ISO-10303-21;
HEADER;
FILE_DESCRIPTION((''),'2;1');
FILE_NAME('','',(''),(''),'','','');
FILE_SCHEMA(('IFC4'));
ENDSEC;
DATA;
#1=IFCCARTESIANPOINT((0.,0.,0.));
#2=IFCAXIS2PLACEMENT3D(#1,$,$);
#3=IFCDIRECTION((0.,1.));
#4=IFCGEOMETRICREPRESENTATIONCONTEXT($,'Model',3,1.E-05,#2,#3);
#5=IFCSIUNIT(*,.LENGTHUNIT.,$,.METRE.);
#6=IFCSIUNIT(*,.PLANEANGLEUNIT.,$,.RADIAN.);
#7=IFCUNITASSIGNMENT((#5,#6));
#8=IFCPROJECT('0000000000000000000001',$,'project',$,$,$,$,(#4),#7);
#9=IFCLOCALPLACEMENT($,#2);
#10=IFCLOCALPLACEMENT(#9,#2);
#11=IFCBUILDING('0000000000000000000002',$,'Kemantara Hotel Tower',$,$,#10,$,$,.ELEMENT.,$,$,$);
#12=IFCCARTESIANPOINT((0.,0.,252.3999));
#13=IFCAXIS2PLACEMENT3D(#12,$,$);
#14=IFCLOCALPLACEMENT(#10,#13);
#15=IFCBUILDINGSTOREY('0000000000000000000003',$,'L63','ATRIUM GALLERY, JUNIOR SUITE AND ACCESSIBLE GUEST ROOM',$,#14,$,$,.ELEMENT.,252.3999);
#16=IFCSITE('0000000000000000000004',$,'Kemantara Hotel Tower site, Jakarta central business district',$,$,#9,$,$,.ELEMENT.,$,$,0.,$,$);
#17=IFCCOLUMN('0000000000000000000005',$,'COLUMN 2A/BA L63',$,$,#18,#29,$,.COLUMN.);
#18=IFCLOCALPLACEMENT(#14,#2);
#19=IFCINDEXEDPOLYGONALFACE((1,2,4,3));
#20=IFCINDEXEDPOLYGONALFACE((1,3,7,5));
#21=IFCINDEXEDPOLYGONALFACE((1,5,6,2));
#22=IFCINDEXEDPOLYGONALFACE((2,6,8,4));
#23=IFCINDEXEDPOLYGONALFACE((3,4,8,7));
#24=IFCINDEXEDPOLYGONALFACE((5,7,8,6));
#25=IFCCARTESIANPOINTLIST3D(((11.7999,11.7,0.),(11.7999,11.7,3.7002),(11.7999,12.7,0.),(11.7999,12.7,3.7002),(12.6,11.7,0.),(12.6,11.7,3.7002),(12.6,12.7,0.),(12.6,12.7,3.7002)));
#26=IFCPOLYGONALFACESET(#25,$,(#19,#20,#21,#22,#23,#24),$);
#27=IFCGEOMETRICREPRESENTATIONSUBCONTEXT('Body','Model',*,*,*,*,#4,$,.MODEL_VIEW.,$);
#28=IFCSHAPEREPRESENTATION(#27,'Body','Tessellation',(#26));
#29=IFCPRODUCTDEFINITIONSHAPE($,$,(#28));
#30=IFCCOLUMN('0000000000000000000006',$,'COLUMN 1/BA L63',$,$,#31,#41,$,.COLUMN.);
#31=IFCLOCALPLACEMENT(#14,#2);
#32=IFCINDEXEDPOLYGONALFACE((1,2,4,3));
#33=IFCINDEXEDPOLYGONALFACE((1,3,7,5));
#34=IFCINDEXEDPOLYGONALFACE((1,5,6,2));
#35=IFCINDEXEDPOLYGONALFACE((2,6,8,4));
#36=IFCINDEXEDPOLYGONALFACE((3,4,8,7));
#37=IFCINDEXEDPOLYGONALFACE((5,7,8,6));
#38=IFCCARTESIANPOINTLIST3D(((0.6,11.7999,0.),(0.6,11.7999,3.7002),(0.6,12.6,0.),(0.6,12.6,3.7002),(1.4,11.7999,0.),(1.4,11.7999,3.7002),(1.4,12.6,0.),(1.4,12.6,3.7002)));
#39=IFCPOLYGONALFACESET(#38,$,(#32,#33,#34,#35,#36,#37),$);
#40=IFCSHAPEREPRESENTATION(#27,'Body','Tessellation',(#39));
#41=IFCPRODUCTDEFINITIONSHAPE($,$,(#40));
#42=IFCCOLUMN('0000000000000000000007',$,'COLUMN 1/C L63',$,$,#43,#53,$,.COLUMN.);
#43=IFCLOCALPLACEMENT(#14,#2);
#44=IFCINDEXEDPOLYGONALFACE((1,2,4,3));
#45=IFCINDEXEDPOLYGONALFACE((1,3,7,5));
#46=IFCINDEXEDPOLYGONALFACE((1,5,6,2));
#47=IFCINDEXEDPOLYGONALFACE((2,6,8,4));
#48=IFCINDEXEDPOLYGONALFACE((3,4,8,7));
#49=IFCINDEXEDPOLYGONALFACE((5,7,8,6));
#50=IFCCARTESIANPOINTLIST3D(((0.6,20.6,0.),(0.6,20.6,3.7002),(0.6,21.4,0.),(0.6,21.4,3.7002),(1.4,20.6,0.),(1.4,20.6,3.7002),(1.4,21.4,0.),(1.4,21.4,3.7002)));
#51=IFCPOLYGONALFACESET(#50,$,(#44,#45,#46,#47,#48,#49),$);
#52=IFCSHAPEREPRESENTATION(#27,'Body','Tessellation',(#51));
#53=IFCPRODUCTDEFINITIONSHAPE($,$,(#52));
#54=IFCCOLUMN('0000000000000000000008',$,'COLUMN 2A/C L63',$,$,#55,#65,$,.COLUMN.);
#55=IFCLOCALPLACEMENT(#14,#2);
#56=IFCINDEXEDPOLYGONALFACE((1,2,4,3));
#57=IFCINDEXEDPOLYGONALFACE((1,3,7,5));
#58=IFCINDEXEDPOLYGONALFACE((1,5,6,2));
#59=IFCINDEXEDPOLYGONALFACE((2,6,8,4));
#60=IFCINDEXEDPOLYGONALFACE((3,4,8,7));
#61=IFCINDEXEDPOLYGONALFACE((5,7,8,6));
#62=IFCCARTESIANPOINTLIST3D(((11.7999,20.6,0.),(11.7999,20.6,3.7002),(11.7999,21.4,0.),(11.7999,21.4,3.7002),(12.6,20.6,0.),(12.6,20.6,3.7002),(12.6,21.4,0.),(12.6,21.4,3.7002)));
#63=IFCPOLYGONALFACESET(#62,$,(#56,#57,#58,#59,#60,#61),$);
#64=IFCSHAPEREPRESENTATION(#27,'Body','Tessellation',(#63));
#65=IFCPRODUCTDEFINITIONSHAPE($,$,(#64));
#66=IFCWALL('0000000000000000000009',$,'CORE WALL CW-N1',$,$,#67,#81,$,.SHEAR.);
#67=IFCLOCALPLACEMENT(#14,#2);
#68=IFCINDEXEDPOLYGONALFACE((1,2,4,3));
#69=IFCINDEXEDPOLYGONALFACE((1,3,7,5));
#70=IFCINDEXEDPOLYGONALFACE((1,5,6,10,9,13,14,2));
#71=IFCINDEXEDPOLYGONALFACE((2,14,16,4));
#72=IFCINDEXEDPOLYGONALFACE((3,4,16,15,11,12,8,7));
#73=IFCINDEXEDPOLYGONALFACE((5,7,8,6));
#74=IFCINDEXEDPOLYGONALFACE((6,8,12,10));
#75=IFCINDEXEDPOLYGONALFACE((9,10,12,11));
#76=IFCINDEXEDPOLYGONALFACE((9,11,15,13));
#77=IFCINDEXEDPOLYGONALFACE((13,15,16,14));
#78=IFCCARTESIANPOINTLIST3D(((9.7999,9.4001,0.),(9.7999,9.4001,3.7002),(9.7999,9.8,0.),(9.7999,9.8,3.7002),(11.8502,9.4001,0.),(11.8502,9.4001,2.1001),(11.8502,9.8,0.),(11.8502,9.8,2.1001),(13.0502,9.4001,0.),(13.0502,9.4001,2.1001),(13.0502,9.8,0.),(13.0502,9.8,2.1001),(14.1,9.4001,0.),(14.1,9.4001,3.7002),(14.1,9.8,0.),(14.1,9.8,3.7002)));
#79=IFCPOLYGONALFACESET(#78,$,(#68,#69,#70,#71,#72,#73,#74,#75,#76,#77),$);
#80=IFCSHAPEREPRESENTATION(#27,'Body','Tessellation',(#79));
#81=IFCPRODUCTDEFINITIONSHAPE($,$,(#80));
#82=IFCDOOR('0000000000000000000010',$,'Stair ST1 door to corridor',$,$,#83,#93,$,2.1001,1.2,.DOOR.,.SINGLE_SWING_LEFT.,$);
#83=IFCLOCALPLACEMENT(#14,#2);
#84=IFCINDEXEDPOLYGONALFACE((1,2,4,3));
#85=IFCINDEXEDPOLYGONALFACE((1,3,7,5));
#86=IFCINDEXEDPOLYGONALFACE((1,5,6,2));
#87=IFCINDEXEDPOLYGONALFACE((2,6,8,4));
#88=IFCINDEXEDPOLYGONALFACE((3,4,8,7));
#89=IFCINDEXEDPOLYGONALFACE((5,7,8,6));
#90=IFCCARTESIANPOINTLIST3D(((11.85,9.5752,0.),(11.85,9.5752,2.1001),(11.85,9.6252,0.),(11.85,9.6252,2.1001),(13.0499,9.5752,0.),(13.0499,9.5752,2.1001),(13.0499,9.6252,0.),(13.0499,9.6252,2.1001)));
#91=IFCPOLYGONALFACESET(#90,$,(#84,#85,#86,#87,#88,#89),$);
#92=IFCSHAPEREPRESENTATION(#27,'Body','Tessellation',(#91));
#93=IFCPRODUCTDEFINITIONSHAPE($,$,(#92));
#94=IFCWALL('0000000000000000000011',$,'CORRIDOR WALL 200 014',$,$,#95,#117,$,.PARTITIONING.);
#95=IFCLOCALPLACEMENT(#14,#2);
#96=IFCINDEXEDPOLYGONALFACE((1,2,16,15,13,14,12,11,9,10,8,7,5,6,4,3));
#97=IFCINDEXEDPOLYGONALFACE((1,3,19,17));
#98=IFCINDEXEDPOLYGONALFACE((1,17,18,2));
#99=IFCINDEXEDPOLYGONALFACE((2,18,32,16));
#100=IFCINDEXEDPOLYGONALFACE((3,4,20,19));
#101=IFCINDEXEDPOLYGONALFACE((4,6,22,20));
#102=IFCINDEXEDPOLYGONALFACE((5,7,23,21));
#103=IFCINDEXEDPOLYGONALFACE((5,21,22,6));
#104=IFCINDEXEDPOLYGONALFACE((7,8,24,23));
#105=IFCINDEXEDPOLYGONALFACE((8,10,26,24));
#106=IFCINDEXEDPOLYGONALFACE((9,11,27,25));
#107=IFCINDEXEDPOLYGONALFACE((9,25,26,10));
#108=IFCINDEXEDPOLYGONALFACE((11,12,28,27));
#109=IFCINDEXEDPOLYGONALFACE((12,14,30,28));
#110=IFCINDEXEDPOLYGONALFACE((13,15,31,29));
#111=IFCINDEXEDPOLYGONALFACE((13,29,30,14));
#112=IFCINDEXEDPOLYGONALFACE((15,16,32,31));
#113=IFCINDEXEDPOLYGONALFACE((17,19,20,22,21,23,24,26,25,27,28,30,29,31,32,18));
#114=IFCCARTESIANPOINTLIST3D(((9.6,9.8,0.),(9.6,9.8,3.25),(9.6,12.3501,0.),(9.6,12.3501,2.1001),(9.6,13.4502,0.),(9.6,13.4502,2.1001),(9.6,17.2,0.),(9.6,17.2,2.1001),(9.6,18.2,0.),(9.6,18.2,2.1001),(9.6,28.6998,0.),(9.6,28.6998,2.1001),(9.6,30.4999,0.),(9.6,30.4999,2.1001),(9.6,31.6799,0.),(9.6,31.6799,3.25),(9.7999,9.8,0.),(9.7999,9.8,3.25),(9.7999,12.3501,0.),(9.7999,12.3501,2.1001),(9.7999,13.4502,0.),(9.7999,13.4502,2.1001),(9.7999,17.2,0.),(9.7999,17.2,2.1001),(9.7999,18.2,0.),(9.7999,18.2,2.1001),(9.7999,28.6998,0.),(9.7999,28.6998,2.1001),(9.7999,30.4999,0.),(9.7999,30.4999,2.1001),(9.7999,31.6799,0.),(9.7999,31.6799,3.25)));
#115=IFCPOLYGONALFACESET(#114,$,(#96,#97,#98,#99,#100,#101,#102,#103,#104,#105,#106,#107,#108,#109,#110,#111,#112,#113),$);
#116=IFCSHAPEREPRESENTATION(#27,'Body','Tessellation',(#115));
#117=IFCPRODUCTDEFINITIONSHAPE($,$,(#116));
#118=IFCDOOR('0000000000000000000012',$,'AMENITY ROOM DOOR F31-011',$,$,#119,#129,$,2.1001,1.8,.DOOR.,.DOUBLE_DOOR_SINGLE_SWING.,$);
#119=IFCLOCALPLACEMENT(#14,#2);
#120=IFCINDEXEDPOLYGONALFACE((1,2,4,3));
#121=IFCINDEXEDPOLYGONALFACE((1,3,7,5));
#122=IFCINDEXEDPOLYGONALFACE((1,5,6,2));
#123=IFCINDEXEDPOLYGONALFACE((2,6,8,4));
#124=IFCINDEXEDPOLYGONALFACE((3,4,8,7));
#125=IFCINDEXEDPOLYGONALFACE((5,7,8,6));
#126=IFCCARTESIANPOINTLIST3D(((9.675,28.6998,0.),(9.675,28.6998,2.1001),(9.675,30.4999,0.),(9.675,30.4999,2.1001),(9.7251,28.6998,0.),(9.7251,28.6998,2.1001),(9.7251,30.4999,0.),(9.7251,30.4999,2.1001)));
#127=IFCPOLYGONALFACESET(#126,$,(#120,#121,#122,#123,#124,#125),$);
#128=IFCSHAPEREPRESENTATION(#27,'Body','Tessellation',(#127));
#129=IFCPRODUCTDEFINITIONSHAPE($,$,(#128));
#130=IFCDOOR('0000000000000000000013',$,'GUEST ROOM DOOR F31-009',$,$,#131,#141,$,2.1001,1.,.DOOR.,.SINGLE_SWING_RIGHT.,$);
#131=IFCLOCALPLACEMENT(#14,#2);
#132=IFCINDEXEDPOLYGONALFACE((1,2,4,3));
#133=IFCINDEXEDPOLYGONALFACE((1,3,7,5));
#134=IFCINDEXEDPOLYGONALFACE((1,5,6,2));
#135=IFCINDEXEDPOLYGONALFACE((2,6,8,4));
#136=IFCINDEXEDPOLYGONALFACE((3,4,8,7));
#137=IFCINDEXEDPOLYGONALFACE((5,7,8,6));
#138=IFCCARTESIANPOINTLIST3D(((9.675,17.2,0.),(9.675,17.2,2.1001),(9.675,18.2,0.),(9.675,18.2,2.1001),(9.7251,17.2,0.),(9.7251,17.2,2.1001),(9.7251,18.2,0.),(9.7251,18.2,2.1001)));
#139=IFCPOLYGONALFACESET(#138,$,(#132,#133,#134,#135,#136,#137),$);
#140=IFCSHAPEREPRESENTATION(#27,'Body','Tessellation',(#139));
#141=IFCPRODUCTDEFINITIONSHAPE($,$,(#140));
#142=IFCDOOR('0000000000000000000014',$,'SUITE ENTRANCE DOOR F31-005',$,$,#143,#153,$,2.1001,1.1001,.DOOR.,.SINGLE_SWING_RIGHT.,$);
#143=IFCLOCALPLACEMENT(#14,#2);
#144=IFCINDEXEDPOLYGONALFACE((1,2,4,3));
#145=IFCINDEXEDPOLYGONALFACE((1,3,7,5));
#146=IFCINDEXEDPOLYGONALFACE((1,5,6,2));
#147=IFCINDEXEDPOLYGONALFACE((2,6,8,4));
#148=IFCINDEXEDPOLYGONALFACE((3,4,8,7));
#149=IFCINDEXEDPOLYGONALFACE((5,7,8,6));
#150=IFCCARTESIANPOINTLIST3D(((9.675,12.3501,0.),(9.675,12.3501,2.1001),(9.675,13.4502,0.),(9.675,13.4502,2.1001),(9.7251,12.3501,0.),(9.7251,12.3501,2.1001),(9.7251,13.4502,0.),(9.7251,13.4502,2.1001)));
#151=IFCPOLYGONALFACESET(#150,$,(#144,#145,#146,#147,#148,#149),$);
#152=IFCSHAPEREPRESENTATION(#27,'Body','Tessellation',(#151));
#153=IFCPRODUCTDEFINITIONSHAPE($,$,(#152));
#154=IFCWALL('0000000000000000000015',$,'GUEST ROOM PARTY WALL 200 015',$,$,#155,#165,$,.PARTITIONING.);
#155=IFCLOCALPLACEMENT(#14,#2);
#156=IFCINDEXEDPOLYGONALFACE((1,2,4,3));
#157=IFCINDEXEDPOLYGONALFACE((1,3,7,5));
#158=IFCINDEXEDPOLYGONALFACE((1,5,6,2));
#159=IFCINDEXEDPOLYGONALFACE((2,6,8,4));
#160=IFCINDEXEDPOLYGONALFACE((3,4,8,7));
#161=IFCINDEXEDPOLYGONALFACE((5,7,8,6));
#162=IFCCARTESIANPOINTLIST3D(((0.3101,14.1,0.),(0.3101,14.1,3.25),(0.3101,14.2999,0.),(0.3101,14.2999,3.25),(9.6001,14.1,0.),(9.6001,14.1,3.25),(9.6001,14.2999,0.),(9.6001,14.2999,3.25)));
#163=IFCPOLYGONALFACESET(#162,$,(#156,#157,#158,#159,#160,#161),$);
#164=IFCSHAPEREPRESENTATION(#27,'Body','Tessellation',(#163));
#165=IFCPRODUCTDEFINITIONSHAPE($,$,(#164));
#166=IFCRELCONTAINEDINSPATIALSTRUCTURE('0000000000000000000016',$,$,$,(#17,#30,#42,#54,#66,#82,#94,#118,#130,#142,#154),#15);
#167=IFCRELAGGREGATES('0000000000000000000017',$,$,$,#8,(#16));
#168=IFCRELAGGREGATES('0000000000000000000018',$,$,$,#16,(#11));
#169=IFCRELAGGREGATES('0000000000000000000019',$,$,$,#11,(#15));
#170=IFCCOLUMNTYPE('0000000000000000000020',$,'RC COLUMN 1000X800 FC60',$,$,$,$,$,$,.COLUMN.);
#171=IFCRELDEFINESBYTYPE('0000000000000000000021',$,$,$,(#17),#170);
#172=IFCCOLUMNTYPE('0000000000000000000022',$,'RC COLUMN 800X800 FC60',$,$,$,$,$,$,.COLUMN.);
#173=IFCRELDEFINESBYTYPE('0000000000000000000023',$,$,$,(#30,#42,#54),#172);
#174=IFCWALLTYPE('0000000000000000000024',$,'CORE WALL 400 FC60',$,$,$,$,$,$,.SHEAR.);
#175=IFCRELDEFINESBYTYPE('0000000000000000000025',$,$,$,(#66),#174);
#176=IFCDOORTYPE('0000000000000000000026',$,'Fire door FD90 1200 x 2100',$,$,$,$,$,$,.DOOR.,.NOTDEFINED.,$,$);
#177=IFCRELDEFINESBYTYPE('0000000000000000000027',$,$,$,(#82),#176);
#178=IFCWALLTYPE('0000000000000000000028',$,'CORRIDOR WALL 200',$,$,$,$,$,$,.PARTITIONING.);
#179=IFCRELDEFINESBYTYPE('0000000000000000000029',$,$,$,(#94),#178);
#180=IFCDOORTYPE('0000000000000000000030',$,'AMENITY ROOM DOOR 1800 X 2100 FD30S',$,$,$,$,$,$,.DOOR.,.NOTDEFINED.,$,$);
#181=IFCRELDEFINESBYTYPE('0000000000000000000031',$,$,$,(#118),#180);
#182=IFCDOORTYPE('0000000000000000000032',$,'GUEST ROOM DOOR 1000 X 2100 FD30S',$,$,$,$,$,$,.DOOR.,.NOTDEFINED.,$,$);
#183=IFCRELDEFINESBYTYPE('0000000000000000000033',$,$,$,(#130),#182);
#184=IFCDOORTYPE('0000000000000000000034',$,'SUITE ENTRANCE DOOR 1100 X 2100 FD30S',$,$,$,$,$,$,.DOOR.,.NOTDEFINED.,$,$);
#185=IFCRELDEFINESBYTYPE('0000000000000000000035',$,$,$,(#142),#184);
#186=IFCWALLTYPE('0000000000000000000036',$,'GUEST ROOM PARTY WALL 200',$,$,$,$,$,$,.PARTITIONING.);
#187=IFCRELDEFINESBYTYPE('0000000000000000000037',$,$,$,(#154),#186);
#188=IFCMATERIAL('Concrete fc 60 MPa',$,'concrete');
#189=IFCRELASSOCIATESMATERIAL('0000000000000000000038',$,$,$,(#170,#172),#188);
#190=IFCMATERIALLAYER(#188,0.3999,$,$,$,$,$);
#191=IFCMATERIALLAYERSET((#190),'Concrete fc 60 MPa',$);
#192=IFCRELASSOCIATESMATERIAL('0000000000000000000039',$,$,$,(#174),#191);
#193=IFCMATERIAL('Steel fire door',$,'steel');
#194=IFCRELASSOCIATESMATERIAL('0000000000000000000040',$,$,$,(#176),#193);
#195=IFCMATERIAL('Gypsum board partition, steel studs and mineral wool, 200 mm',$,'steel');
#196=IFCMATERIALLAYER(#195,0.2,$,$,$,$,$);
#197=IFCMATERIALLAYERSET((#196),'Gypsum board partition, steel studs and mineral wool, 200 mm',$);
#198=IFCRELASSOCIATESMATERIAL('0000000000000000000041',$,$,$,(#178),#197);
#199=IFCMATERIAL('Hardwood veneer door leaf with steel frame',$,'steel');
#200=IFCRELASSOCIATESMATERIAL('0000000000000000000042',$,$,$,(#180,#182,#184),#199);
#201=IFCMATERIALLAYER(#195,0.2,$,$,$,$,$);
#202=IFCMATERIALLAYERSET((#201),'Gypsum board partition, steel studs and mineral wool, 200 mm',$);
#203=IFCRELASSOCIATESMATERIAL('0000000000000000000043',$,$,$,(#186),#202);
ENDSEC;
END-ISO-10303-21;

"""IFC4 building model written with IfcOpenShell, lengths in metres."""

from ifc_helpers import new_model, si_unit, direction, frame, frame_2d, origin, origin_2d, place, context, subcontext, project, spatial, rectangle, extrude, material, layer, layer_set, material_profile, profile_set, type_object, element, fill, save


model = new_model("IFC4")

# Units and contexts
model_context = context("Model", 3, precision=1e-05, world=origin(), true_north=direction((0.0, 1.0)))
body_context = subcontext(model_context, "Body", "Model", "MODEL_VIEW")
ifc_project = project(units=[si_unit("LENGTHUNIT", "METRE"), si_unit("PLANEANGLEUNIT", "RADIAN")], contexts=[model_context])

# Site, building, storey
site_placement = place(None, origin())
site = spatial("IfcSite", under=ifc_project, at=site_placement, Name="Kemantara Hotel Tower site, Jakarta central business district", CompositionType="ELEMENT", RefElevation=0.0)
building_placement = place(site_placement, origin())
building = spatial("IfcBuilding", under=site, at=building_placement, Name="Kemantara Hotel Tower", CompositionType="ELEMENT")
storey_placement = place(building_placement, frame((0.0, 0.0, 252.3999)))
storey = spatial("IfcBuildingStorey", under=building, at=storey_placement, Name="L63", Description="ATRIUM GALLERY, JUNIOR SUITE AND ACCESSIBLE GUEST ROOM", CompositionType="ELEMENT", Elevation=252.3999)

# Columns
ifc_material_1 = material(Name="Concrete fc 60 MPa", Category="concrete")
ifc_material_profile_1 = material_profile(ifc_material_1, rectangle(XDim=1.0, YDim=0.8, at=origin_2d()), Name="RC 1000X800")
ifc_profile_set_1 = profile_set([ifc_material_profile_1], Name="Concrete fc 60 MPa")
column_type_1 = type_object("IfcColumnType", Name="RC COLUMN 1000X800 FC60", PredefinedType="COLUMN", material=ifc_profile_set_1)
column_placement = place(storey_placement, frame((12.2, 12.2, 0.0), z_axis=(0.0, 0.0, 1.0), x_axis=(0.0, 1.0, 0.0)))
element("IfcColumn", 1, at=column_placement, inside=storey, type_object=column_type_1, Name="COLUMN 2A/BA L63", PredefinedType="COLUMN", context=body_context, shape_type="SweptSolid", body=[
    extrude(rectangle(XDim=1.0, YDim=0.8, at=origin_2d()), origin(), (0.0, 0.0, 1.0), 3.7002),
])
ifc_material_profile_2 = material_profile(ifc_material_1, rectangle(XDim=0.8, YDim=0.8, at=origin_2d()), Name="RC 800X800")
ifc_profile_set_2 = profile_set([ifc_material_profile_2], Name="Concrete fc 60 MPa")
column_type_2 = type_object("IfcColumnType", Name="RC COLUMN 800X800 FC60", PredefinedType="COLUMN", material=ifc_profile_set_2)
for number, where, z_axis, x_axis, name in (
    (2, (1.0, 12.2, 0.0), (0.0, 0.0, 1.0), (1.0, 0.0, 0.0), "COLUMN 1/BA L63"),
    (3, (1.0, 21.0, 0.0), (0.0, 0.0, 1.0), (1.0, 0.0, 0.0), "COLUMN 1/C L63"),
    (4, (12.2, 21.0, 0.0), (0.0, 0.0, 1.0), (1.0, 0.0, 0.0), "COLUMN 2A/C L63"),
):
    element("IfcColumn", number, at=place(storey_placement, frame(where, z_axis=z_axis, x_axis=x_axis)), inside=storey, type_object=column_type_2, Name=name, PredefinedType="COLUMN", context=body_context, shape_type="SweptSolid", body=[
        extrude(rectangle(XDim=0.8, YDim=0.8, at=origin_2d()), origin(), (0.0, 0.0, 1.0), 3.7002),
    ])

# Wall, opening, door
ifc_layer_1 = layer(ifc_material_1, 0.3999)
ifc_layer_set_1 = layer_set([ifc_layer_1], Name="Concrete fc 60 MPa")
wall_type_1 = type_object("IfcWallType", Name="CORE WALL 400 FC60", PredefinedType="SHEAR", material=ifc_layer_set_1)
wall_1_placement = place(storey_placement, frame((9.8, 9.6001, 0.0), z_axis=(0.0, 0.0, 1.0), x_axis=(1.0, 0.0, 0.0)))
wall_1 = element("IfcWall", 5, at=wall_1_placement, inside=storey, type_object=wall_type_1, Name="CORE WALL CW-N1", PredefinedType="SHEAR", context=body_context, shape_type="SweptSolid", body=[
    extrude(rectangle(XDim=4.3, YDim=0.3999, at=frame_2d((2.1499, 0.0))), origin(), (0.0, 0.0, 1.0), 3.7002),
])
opening_1_placement = place(wall_1_placement, frame((2.05, 0.0, 0.0)))
opening_1 = element("IfcOpeningElement", 6, at=opening_1_placement, cuts=wall_1, PredefinedType="OPENING", context=body_context, shape_type="SweptSolid", body=[
    extrude(rectangle(XDim=1.2, YDim=2.1001, at=frame_2d((0.6001, 1.05))), frame((0.0, 0.21, 0.0), z_axis=(0.0, -1.0, 0.0), x_axis=(1.0, 0.0, 0.0)), (0.0, 0.0, 1.0), 0.4199),
])
ifc_material_2 = material(Name="Steel fire door", Category="steel")
door_type_1 = type_object("IfcDoorType", Name="Fire door FD90 1200 x 2100", OperationType="NOTDEFINED", PredefinedType="DOOR", material=ifc_material_2)
door_1_placement = place(opening_1_placement, frame((1.2, 0.0, 0.0), z_axis=(0.0, 0.0, 1.0), x_axis=(-1.0, 0.0, 0.0)))
door_1 = element("IfcDoor", 7, at=door_1_placement, inside=storey, type_object=door_type_1, Name="Stair ST1 door to corridor", OperationType="SINGLE_SWING_LEFT", OverallHeight=2.1001, OverallWidth=1.2, PredefinedType="DOOR", context=body_context, shape_type="SweptSolid", body=[
    extrude(rectangle(XDim=1.2, YDim=2.1001, at=frame_2d((0.6001, 1.05))), frame((0.0, 0.0249, 0.0), z_axis=(0.0, -1.0, 0.0), x_axis=(1.0, 0.0, 0.0)), (0.0, 0.0, 1.0), 0.05),
])
fill(opening_1, door_1)

# Wall, openings, doors
ifc_material_3 = material(Name="Gypsum board partition, steel studs and mineral wool, 200 mm", Category="steel")
ifc_layer_2 = layer(ifc_material_3, 0.2)
ifc_layer_set_2 = layer_set([ifc_layer_2], Name="Gypsum board partition, steel studs and mineral wool, 200 mm")
wall_type_2 = type_object("IfcWallType", Name="CORRIDOR WALL 200", PredefinedType="PARTITIONING", material=ifc_layer_set_2)
wall_2_placement = place(storey_placement, frame((9.7, 9.8, 0.0), z_axis=(0.0, 0.0, 1.0), x_axis=(0.0, 1.0, 0.0)))
wall_2 = element("IfcWall", 8, at=wall_2_placement, inside=storey, type_object=wall_type_2, Name="CORRIDOR WALL 200 014", PredefinedType="PARTITIONING", context=body_context, shape_type="SweptSolid", body=[
    extrude(rectangle(XDim=21.8799, YDim=0.2, at=frame_2d((10.9399, 0.0))), origin(), (0.0, 0.0, 1.0), 3.25),
])
opening_2_placement = place(wall_2_placement, frame((2.55, 0.0, 0.0)))
opening_2 = element("IfcOpeningElement", 9, at=opening_2_placement, cuts=wall_2, PredefinedType="OPENING", context=body_context, shape_type="SweptSolid", body=[
    extrude(rectangle(XDim=1.1001, YDim=2.1001, at=frame_2d((0.55, 1.05))), frame((0.0, 0.1099, 0.0), z_axis=(0.0, -1.0, 0.0), x_axis=(1.0, 0.0, 0.0)), (0.0, 0.0, 1.0), 0.22),
])
opening_3_placement = place(wall_2_placement, frame((7.3999, 0.0, 0.0)))
opening_3 = element("IfcOpeningElement", 10, at=opening_3_placement, cuts=wall_2, PredefinedType="OPENING", context=body_context, shape_type="SweptSolid", body=[
    extrude(rectangle(XDim=1.0, YDim=2.1001, at=frame_2d((0.5, 1.05))), frame((0.0, 0.1099, 0.0), z_axis=(0.0, -1.0, 0.0), x_axis=(1.0, 0.0, 0.0)), (0.0, 0.0, 1.0), 0.22),
])
opening_4_placement = place(wall_2_placement, frame((18.8999, 0.0, 0.0)))
opening_4 = element("IfcOpeningElement", 11, at=opening_4_placement, cuts=wall_2, PredefinedType="OPENING", context=body_context, shape_type="SweptSolid", body=[
    extrude(rectangle(XDim=1.8, YDim=2.1001, at=frame_2d((0.8999, 1.05))), frame((0.0, 0.1099, 0.0), z_axis=(0.0, -1.0, 0.0), x_axis=(1.0, 0.0, 0.0)), (0.0, 0.0, 1.0), 0.22),
])
ifc_material_4 = material(Name="Hardwood veneer door leaf with steel frame", Category="steel")
door_type_2 = type_object("IfcDoorType", Name="AMENITY ROOM DOOR 1800 X 2100 FD30S", OperationType="NOTDEFINED", PredefinedType="DOOR", material=ifc_material_4)
door_2_placement = place(opening_4_placement, origin())
door_2 = element("IfcDoor", 12, at=door_2_placement, inside=storey, type_object=door_type_2, Name="AMENITY ROOM DOOR F31-011", OperationType="DOUBLE_DOOR_SINGLE_SWING", OverallHeight=2.1001, OverallWidth=1.8, PredefinedType="DOOR", context=body_context, shape_type="SweptSolid", body=[
    extrude(rectangle(XDim=1.8, YDim=2.1001, at=frame_2d((0.8999, 1.05))), frame((0.0, 0.0249, 0.0), z_axis=(0.0, -1.0, 0.0), x_axis=(1.0, 0.0, 0.0)), (0.0, 0.0, 1.0), 0.05),
])
fill(opening_4, door_2)
door_type_3 = type_object("IfcDoorType", Name="GUEST ROOM DOOR 1000 X 2100 FD30S", OperationType="NOTDEFINED", PredefinedType="DOOR", material=ifc_material_4)
door_3_placement = place(opening_3_placement, origin())
door_3 = element("IfcDoor", 13, at=door_3_placement, inside=storey, type_object=door_type_3, Name="GUEST ROOM DOOR F31-009", OperationType="SINGLE_SWING_RIGHT", OverallHeight=2.1001, OverallWidth=1.0, PredefinedType="DOOR", context=body_context, shape_type="SweptSolid", body=[
    extrude(rectangle(XDim=1.0, YDim=2.1001, at=frame_2d((0.5, 1.05))), frame((0.0, 0.0249, 0.0), z_axis=(0.0, -1.0, 0.0), x_axis=(1.0, 0.0, 0.0)), (0.0, 0.0, 1.0), 0.05),
])
fill(opening_3, door_3)
door_type_4 = type_object("IfcDoorType", Name="SUITE ENTRANCE DOOR 1100 X 2100 FD30S", OperationType="NOTDEFINED", PredefinedType="DOOR", material=ifc_material_4)
door_4_placement = place(opening_2_placement, origin())
door_4 = element("IfcDoor", 14, at=door_4_placement, inside=storey, type_object=door_type_4, Name="SUITE ENTRANCE DOOR F31-005", OperationType="SINGLE_SWING_RIGHT", OverallHeight=2.1001, OverallWidth=1.1001, PredefinedType="DOOR", context=body_context, shape_type="SweptSolid", body=[
    extrude(rectangle(XDim=1.1001, YDim=2.1001, at=frame_2d((0.55, 1.05))), frame((0.0, 0.0249, 0.0), z_axis=(0.0, -1.0, 0.0), x_axis=(1.0, 0.0, 0.0)), (0.0, 0.0, 1.0), 0.05),
])
fill(opening_2, door_4)

# Wall
ifc_layer_3 = layer(ifc_material_3, 0.2)
ifc_layer_set_3 = layer_set([ifc_layer_3], Name="Gypsum board partition, steel studs and mineral wool, 200 mm")
wall_type_3 = type_object("IfcWallType", Name="GUEST ROOM PARTY WALL 200", PredefinedType="PARTITIONING", material=ifc_layer_set_3)
for number, where, z_axis, x_axis, name in (
    (15, (0.3101, 14.2, 0.0), (0.0, 0.0, 1.0), (1.0, 0.0, 0.0), "GUEST ROOM PARTY WALL 200 015"),
):
    element("IfcWall", number, at=place(storey_placement, frame(where, z_axis=z_axis, x_axis=x_axis)), inside=storey, type_object=wall_type_3, Name=name, PredefinedType="PARTITIONING", context=body_context, shape_type="SweptSolid", body=[
        extrude(rectangle(XDim=9.29, YDim=0.2, at=frame_2d((4.645, 0.0))), origin(), (0.0, 0.0, 1.0), 3.25),
    ])

save(model, "model.ifc")
